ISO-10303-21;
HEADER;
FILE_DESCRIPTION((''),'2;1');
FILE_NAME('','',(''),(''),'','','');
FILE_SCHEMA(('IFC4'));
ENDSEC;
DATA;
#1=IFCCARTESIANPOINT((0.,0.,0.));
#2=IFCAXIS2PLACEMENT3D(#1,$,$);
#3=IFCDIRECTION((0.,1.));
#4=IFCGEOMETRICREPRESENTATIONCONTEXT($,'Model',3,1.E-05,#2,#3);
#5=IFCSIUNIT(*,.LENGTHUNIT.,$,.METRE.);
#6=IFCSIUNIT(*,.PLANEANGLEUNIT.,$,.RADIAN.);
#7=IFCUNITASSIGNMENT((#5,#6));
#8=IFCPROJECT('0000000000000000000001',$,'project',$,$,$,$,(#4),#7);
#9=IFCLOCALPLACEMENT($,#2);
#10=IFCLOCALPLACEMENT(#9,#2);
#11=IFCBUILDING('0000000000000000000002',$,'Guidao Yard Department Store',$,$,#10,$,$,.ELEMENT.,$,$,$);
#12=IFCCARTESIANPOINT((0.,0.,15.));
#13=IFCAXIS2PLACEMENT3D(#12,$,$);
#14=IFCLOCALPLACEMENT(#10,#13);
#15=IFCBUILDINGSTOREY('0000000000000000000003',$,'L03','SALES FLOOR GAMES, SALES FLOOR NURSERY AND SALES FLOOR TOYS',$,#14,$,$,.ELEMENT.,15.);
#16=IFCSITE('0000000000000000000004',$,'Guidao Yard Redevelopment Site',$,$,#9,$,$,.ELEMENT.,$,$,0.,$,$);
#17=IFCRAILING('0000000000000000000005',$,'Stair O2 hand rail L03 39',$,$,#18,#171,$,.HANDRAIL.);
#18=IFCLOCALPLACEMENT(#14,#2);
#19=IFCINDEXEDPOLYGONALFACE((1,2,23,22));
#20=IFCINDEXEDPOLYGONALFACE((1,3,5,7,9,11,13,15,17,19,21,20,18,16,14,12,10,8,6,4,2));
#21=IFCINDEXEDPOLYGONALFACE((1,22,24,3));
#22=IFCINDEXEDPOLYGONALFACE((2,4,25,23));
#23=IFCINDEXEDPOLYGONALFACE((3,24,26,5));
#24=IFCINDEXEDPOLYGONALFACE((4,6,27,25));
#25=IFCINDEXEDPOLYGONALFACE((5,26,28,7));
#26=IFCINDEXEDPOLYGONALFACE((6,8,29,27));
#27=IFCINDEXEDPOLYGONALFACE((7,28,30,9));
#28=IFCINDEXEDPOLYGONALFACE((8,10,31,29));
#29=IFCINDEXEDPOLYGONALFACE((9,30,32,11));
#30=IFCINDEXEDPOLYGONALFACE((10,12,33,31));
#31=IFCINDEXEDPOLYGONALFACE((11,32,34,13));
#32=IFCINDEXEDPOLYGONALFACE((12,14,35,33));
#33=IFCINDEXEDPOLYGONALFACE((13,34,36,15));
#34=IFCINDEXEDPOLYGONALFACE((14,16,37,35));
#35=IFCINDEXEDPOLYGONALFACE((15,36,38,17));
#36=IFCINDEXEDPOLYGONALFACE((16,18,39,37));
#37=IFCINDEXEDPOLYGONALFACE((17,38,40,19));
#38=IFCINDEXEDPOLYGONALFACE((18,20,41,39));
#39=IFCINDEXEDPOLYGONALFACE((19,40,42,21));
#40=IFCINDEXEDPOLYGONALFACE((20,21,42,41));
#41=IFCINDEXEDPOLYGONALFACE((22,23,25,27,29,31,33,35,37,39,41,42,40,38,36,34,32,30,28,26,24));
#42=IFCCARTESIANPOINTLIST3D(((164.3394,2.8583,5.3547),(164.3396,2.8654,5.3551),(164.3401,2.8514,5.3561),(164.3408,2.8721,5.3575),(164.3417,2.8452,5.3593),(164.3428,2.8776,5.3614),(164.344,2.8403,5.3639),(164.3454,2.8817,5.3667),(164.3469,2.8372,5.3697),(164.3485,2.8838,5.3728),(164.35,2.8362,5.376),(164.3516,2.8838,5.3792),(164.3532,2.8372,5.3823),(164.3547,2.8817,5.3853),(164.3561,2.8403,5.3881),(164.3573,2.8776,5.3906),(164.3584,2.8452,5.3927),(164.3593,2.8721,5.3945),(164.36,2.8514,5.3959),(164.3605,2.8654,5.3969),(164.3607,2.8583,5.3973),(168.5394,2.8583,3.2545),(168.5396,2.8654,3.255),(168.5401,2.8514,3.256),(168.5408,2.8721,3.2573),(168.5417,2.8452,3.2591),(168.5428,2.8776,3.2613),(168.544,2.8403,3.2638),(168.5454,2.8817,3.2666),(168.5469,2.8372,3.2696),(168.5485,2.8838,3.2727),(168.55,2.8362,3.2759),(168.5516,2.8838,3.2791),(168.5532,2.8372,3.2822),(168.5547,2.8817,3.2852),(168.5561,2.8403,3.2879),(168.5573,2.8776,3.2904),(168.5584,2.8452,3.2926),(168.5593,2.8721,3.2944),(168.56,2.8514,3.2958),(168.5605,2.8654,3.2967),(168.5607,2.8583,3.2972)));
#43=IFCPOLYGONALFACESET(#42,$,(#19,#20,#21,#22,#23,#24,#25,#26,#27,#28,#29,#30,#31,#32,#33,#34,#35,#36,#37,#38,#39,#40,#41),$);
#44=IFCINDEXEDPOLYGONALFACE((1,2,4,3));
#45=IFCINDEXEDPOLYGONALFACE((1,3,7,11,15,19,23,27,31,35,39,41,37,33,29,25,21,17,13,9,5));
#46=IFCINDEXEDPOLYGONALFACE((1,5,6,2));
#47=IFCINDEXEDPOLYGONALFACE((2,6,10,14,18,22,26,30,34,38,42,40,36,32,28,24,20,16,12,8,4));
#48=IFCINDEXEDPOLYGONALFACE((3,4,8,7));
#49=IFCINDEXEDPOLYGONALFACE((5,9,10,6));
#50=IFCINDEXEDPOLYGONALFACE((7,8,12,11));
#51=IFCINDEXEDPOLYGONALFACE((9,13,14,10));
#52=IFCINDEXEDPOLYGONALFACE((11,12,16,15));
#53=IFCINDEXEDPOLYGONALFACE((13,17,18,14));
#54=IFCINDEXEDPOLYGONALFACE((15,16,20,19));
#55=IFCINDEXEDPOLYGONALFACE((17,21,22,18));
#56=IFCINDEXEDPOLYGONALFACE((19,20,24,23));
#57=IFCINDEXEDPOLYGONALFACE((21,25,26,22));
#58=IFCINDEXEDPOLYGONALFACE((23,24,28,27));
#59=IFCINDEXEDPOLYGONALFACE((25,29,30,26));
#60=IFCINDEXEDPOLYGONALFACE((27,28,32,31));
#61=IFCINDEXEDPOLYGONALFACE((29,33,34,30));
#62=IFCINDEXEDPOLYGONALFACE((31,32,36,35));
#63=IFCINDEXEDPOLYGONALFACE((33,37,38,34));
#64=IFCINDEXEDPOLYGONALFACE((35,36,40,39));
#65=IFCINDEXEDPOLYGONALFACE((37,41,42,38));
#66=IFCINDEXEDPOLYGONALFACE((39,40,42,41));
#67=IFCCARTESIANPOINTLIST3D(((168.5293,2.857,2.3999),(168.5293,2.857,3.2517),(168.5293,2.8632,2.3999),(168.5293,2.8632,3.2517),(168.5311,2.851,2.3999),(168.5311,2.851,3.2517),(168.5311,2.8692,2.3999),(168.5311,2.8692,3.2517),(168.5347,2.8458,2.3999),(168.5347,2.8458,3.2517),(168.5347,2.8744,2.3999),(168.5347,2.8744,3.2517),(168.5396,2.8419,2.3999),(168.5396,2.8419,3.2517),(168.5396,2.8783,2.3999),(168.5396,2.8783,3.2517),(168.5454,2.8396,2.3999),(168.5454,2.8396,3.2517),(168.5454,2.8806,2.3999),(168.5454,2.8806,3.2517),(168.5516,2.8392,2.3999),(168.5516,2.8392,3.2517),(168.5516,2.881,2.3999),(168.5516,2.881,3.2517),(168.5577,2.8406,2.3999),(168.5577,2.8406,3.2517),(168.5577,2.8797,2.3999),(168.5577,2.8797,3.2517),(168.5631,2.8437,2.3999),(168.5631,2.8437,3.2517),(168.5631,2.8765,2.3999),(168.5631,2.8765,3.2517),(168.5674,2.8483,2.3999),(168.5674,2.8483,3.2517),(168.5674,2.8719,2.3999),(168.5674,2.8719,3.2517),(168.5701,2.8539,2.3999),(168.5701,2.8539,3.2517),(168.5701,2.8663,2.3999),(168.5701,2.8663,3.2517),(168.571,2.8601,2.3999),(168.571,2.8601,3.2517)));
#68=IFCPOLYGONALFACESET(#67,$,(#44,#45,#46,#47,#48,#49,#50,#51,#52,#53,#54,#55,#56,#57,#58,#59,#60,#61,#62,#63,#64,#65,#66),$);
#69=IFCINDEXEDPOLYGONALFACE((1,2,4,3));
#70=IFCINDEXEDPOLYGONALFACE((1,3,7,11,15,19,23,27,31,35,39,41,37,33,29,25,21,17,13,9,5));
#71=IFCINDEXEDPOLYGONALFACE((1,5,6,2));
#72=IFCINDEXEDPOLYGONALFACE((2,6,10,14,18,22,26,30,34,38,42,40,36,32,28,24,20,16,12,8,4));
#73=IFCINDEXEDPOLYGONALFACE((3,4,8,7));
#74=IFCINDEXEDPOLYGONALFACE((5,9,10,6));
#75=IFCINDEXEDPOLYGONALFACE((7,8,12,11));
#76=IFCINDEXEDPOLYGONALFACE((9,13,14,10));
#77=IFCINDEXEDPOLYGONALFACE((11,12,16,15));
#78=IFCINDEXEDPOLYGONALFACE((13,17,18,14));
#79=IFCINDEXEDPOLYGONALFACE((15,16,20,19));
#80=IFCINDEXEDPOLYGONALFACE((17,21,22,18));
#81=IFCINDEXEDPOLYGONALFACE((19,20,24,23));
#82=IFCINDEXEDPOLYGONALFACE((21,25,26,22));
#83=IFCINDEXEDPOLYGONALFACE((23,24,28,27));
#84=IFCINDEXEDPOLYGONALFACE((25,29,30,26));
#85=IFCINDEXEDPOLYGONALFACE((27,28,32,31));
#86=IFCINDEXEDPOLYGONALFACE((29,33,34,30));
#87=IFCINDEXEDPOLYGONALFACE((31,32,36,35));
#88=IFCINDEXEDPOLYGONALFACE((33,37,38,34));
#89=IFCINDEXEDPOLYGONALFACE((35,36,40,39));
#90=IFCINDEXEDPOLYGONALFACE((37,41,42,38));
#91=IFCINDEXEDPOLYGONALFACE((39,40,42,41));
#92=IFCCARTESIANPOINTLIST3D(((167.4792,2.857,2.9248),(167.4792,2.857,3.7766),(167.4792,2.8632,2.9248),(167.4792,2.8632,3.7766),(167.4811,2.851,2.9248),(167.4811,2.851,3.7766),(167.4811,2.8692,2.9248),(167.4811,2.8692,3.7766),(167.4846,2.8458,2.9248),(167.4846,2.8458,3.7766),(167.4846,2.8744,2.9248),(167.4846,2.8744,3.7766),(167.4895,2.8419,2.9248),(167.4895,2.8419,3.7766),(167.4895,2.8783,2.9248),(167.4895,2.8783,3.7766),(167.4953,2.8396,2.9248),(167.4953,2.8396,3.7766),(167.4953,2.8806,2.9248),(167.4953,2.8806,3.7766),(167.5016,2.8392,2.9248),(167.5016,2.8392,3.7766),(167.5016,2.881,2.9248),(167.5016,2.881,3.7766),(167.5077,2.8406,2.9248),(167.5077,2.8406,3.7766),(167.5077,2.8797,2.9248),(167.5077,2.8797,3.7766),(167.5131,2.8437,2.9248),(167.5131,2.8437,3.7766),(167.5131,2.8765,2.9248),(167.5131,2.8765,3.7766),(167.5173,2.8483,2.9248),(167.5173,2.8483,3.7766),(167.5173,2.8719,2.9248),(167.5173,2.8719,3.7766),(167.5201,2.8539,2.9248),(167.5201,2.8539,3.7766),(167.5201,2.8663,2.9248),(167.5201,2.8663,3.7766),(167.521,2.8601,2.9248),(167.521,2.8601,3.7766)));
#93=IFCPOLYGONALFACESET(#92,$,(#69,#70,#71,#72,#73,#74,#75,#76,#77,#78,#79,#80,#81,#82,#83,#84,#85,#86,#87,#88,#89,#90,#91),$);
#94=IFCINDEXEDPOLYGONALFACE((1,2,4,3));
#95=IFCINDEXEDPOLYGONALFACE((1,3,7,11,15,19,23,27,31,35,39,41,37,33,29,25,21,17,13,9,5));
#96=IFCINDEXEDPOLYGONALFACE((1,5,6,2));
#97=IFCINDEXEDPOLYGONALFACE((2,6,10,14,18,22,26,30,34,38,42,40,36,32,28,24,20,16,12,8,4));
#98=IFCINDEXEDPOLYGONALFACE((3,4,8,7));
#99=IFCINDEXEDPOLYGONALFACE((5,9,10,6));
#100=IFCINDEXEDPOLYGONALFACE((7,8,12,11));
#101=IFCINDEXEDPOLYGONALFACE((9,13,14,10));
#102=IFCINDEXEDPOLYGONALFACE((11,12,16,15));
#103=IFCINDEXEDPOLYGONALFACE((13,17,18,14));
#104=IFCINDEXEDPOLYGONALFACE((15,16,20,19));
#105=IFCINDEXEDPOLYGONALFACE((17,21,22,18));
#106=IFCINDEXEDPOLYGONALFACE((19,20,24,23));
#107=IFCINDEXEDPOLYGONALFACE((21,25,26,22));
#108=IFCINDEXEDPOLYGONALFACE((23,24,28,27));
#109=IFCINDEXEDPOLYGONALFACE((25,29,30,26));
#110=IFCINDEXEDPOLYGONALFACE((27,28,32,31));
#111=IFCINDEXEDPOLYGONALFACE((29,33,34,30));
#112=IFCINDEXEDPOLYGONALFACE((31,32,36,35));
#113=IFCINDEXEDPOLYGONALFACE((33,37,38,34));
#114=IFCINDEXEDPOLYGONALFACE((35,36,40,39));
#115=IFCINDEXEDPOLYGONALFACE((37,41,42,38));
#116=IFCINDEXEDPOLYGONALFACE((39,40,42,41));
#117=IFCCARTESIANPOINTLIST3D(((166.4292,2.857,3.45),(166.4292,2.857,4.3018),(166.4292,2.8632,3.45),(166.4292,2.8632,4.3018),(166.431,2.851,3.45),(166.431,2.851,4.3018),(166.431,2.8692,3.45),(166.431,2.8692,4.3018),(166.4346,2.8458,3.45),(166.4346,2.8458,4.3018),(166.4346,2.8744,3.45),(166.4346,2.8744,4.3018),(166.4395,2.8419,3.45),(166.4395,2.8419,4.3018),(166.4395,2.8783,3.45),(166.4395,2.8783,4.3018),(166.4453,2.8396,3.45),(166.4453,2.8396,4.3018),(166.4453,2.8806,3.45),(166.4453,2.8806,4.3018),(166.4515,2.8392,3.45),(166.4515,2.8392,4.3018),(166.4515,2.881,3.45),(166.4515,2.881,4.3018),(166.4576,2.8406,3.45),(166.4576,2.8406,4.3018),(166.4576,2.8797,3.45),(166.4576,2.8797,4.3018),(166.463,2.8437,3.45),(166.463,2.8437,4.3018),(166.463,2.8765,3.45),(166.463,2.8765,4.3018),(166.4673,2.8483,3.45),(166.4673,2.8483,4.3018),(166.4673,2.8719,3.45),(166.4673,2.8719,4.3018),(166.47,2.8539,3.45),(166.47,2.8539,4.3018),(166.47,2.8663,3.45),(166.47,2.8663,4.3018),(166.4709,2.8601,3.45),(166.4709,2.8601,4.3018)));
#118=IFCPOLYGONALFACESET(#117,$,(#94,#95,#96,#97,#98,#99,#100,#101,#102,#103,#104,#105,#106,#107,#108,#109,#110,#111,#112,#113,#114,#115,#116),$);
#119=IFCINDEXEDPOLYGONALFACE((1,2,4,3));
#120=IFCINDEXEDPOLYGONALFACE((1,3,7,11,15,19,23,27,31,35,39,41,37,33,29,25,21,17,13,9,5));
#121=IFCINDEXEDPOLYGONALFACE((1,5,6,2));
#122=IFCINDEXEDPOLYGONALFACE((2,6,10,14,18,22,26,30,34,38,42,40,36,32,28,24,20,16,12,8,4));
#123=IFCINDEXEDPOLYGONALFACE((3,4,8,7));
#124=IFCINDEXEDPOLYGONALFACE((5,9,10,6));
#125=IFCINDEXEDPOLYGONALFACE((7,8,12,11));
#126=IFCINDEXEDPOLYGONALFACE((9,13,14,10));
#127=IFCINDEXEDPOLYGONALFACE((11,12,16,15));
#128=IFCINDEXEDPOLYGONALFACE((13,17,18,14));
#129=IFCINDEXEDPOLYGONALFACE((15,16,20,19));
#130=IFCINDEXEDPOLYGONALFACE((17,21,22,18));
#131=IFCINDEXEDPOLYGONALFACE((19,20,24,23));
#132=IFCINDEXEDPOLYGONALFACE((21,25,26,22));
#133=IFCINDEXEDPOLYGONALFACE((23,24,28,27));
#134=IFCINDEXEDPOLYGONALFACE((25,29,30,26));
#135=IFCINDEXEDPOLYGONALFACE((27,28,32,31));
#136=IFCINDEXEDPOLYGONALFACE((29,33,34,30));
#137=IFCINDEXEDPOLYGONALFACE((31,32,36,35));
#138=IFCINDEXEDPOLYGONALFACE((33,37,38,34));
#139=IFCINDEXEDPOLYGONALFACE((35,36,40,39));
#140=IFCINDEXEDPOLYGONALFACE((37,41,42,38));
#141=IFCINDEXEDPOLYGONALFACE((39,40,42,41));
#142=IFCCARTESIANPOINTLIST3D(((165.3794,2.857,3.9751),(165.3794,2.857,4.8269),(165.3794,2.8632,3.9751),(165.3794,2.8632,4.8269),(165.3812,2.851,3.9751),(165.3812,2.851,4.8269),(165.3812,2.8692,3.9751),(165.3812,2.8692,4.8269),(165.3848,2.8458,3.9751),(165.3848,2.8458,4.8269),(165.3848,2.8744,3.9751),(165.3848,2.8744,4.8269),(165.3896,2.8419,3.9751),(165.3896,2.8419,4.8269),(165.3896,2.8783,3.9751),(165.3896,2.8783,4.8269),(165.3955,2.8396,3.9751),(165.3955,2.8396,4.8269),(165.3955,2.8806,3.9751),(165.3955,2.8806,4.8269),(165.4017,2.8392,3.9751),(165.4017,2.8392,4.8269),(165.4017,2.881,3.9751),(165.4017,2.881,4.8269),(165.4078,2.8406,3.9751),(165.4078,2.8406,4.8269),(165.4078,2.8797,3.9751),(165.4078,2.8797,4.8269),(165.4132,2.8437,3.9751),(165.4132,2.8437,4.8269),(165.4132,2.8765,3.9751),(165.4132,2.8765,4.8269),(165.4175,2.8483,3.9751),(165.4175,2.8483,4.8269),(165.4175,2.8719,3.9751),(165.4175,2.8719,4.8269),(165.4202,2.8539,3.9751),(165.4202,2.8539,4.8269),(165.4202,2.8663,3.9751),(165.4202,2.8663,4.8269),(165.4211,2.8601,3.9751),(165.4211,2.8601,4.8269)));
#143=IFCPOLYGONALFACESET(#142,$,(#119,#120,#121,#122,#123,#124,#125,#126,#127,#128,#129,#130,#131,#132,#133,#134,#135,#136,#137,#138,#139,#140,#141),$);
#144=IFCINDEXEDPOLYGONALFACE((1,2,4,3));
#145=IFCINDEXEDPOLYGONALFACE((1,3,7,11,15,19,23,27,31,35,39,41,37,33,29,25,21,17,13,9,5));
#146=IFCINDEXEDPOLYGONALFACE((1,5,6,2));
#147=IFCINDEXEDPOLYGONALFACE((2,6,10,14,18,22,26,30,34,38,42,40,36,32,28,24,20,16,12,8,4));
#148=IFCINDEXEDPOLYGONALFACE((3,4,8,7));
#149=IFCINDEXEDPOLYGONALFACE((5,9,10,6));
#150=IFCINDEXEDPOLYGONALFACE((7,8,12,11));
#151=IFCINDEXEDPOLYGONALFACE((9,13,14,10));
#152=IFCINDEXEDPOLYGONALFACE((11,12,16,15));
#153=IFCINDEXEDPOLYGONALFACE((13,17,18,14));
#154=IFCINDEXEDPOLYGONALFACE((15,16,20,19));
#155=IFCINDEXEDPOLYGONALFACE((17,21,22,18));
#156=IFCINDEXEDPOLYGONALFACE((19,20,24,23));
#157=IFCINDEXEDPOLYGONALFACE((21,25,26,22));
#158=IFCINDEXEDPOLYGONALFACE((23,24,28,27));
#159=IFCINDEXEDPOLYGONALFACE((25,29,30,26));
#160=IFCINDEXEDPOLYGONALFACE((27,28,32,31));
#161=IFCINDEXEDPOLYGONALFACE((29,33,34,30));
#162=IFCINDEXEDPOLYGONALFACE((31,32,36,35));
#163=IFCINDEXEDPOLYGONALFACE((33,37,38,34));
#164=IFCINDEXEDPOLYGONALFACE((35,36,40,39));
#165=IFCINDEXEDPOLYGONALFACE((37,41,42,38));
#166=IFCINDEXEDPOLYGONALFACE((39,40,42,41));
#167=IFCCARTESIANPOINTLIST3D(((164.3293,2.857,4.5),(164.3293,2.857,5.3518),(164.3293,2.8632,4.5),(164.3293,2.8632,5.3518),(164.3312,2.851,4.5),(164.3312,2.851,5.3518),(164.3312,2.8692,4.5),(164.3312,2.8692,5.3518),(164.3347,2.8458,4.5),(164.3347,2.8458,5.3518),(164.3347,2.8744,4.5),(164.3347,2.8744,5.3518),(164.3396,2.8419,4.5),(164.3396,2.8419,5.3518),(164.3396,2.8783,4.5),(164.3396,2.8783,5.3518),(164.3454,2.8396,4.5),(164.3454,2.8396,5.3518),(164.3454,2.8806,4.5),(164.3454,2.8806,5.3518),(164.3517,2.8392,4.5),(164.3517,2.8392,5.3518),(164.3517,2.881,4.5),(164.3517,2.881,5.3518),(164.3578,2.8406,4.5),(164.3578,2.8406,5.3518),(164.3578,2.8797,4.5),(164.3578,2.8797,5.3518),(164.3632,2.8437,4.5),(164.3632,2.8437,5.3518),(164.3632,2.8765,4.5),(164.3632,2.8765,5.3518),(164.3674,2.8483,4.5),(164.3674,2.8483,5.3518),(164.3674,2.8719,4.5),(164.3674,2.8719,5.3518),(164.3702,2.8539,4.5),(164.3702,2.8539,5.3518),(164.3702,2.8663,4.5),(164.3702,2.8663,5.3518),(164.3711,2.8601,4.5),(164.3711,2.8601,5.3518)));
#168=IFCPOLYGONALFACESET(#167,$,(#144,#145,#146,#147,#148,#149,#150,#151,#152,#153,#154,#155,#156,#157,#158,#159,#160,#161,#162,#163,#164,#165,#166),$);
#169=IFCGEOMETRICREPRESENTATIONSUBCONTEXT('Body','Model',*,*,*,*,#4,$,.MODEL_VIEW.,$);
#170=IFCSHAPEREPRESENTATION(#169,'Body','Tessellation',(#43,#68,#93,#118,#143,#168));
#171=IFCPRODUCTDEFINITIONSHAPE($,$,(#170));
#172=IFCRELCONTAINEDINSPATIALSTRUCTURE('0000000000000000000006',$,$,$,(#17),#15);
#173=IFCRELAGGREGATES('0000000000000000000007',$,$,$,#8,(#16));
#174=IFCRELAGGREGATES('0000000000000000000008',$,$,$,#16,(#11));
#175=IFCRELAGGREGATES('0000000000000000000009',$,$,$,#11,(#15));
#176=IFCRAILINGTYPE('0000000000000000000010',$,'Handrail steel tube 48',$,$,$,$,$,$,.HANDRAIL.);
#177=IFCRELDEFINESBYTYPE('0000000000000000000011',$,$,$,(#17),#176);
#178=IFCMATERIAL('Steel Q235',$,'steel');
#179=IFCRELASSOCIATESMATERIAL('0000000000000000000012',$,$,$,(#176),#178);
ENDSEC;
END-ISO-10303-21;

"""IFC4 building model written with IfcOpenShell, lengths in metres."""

from ifc_helpers import new_model, si_unit, direction, frame, origin, origin_2d, place, context, subcontext, project, spatial, circle, extrude, material, type_object, element, save


model = new_model("IFC4")

# Units and contexts
model_context = context("Model", 3, precision=1e-05, world=origin(), true_north=direction((0.0, 1.0)))
body_context = subcontext(model_context, "Body", "Model", "MODEL_VIEW")
ifc_project = project(units=[si_unit("LENGTHUNIT", "METRE"), si_unit("PLANEANGLEUNIT", "RADIAN")], contexts=[model_context])

# Site, building, storey
site_placement = place(None, origin())
site = spatial("IfcSite", under=ifc_project, at=site_placement, Name="Guidao Yard Redevelopment Site", CompositionType="ELEMENT", RefElevation=0.0)
building_placement = place(site_placement, origin())
building = spatial("IfcBuilding", under=site, at=building_placement, Name="Guidao Yard Department Store", CompositionType="ELEMENT")
storey_placement = place(building_placement, frame((0.0, 0.0, 15.0)))
storey = spatial("IfcBuildingStorey", under=building, at=storey_placement, Name="L03", Description="SALES FLOOR GAMES, SALES FLOOR NURSERY AND SALES FLOOR TOYS", CompositionType="ELEMENT", Elevation=15.0)

# Railing
ifc_material_1 = material(Name="Steel Q235", Category="steel")
railing_type_1 = type_object("IfcRailingType", Name="Handrail steel tube 48", PredefinedType="HANDRAIL", material=ifc_material_1)
for number, where, name in (
    (1, (168.55, 2.8601, 2.3999), "Stair O2 hand rail L03 39"),
):
    element("IfcRailing", number, at=place(storey_placement, frame(where)), inside=storey, type_object=railing_type_1, Name=name, PredefinedType="HANDRAIL", context=body_context, shape_type="SweptSolid", body=[
        extrude(circle(Radius=0.0239, at=origin_2d()), frame((0.0, 0.0, 0.876), z_axis=(-0.894417, 0.0, 0.447234), x_axis=(0.0, -1.0, 0.0)), (0.0, 0.0, 1.0), 4.6958),
        extrude(circle(Radius=0.021, at=origin_2d()), origin(), (0.0, 0.0, 1.0), 0.8518),
        extrude(circle(Radius=0.021, at=origin_2d()), frame((-1.05, 0.0, 0.5249)), (0.0, 0.0, 1.0), 0.8518),
        extrude(circle(Radius=0.021, at=origin_2d()), frame((-2.1001, 0.0, 1.05)), (0.0, 0.0, 1.0), 0.8518),
        extrude(circle(Radius=0.021, at=origin_2d()), frame((-3.1499, 0.0, 1.5752)), (0.0, 0.0, 1.0), 0.8518),
        extrude(circle(Radius=0.021, at=origin_2d()), frame((-4.2, 0.0, 2.1001)), (0.0, 0.0, 1.0), 0.8518),
    ])

save(model, "model.ifc")
